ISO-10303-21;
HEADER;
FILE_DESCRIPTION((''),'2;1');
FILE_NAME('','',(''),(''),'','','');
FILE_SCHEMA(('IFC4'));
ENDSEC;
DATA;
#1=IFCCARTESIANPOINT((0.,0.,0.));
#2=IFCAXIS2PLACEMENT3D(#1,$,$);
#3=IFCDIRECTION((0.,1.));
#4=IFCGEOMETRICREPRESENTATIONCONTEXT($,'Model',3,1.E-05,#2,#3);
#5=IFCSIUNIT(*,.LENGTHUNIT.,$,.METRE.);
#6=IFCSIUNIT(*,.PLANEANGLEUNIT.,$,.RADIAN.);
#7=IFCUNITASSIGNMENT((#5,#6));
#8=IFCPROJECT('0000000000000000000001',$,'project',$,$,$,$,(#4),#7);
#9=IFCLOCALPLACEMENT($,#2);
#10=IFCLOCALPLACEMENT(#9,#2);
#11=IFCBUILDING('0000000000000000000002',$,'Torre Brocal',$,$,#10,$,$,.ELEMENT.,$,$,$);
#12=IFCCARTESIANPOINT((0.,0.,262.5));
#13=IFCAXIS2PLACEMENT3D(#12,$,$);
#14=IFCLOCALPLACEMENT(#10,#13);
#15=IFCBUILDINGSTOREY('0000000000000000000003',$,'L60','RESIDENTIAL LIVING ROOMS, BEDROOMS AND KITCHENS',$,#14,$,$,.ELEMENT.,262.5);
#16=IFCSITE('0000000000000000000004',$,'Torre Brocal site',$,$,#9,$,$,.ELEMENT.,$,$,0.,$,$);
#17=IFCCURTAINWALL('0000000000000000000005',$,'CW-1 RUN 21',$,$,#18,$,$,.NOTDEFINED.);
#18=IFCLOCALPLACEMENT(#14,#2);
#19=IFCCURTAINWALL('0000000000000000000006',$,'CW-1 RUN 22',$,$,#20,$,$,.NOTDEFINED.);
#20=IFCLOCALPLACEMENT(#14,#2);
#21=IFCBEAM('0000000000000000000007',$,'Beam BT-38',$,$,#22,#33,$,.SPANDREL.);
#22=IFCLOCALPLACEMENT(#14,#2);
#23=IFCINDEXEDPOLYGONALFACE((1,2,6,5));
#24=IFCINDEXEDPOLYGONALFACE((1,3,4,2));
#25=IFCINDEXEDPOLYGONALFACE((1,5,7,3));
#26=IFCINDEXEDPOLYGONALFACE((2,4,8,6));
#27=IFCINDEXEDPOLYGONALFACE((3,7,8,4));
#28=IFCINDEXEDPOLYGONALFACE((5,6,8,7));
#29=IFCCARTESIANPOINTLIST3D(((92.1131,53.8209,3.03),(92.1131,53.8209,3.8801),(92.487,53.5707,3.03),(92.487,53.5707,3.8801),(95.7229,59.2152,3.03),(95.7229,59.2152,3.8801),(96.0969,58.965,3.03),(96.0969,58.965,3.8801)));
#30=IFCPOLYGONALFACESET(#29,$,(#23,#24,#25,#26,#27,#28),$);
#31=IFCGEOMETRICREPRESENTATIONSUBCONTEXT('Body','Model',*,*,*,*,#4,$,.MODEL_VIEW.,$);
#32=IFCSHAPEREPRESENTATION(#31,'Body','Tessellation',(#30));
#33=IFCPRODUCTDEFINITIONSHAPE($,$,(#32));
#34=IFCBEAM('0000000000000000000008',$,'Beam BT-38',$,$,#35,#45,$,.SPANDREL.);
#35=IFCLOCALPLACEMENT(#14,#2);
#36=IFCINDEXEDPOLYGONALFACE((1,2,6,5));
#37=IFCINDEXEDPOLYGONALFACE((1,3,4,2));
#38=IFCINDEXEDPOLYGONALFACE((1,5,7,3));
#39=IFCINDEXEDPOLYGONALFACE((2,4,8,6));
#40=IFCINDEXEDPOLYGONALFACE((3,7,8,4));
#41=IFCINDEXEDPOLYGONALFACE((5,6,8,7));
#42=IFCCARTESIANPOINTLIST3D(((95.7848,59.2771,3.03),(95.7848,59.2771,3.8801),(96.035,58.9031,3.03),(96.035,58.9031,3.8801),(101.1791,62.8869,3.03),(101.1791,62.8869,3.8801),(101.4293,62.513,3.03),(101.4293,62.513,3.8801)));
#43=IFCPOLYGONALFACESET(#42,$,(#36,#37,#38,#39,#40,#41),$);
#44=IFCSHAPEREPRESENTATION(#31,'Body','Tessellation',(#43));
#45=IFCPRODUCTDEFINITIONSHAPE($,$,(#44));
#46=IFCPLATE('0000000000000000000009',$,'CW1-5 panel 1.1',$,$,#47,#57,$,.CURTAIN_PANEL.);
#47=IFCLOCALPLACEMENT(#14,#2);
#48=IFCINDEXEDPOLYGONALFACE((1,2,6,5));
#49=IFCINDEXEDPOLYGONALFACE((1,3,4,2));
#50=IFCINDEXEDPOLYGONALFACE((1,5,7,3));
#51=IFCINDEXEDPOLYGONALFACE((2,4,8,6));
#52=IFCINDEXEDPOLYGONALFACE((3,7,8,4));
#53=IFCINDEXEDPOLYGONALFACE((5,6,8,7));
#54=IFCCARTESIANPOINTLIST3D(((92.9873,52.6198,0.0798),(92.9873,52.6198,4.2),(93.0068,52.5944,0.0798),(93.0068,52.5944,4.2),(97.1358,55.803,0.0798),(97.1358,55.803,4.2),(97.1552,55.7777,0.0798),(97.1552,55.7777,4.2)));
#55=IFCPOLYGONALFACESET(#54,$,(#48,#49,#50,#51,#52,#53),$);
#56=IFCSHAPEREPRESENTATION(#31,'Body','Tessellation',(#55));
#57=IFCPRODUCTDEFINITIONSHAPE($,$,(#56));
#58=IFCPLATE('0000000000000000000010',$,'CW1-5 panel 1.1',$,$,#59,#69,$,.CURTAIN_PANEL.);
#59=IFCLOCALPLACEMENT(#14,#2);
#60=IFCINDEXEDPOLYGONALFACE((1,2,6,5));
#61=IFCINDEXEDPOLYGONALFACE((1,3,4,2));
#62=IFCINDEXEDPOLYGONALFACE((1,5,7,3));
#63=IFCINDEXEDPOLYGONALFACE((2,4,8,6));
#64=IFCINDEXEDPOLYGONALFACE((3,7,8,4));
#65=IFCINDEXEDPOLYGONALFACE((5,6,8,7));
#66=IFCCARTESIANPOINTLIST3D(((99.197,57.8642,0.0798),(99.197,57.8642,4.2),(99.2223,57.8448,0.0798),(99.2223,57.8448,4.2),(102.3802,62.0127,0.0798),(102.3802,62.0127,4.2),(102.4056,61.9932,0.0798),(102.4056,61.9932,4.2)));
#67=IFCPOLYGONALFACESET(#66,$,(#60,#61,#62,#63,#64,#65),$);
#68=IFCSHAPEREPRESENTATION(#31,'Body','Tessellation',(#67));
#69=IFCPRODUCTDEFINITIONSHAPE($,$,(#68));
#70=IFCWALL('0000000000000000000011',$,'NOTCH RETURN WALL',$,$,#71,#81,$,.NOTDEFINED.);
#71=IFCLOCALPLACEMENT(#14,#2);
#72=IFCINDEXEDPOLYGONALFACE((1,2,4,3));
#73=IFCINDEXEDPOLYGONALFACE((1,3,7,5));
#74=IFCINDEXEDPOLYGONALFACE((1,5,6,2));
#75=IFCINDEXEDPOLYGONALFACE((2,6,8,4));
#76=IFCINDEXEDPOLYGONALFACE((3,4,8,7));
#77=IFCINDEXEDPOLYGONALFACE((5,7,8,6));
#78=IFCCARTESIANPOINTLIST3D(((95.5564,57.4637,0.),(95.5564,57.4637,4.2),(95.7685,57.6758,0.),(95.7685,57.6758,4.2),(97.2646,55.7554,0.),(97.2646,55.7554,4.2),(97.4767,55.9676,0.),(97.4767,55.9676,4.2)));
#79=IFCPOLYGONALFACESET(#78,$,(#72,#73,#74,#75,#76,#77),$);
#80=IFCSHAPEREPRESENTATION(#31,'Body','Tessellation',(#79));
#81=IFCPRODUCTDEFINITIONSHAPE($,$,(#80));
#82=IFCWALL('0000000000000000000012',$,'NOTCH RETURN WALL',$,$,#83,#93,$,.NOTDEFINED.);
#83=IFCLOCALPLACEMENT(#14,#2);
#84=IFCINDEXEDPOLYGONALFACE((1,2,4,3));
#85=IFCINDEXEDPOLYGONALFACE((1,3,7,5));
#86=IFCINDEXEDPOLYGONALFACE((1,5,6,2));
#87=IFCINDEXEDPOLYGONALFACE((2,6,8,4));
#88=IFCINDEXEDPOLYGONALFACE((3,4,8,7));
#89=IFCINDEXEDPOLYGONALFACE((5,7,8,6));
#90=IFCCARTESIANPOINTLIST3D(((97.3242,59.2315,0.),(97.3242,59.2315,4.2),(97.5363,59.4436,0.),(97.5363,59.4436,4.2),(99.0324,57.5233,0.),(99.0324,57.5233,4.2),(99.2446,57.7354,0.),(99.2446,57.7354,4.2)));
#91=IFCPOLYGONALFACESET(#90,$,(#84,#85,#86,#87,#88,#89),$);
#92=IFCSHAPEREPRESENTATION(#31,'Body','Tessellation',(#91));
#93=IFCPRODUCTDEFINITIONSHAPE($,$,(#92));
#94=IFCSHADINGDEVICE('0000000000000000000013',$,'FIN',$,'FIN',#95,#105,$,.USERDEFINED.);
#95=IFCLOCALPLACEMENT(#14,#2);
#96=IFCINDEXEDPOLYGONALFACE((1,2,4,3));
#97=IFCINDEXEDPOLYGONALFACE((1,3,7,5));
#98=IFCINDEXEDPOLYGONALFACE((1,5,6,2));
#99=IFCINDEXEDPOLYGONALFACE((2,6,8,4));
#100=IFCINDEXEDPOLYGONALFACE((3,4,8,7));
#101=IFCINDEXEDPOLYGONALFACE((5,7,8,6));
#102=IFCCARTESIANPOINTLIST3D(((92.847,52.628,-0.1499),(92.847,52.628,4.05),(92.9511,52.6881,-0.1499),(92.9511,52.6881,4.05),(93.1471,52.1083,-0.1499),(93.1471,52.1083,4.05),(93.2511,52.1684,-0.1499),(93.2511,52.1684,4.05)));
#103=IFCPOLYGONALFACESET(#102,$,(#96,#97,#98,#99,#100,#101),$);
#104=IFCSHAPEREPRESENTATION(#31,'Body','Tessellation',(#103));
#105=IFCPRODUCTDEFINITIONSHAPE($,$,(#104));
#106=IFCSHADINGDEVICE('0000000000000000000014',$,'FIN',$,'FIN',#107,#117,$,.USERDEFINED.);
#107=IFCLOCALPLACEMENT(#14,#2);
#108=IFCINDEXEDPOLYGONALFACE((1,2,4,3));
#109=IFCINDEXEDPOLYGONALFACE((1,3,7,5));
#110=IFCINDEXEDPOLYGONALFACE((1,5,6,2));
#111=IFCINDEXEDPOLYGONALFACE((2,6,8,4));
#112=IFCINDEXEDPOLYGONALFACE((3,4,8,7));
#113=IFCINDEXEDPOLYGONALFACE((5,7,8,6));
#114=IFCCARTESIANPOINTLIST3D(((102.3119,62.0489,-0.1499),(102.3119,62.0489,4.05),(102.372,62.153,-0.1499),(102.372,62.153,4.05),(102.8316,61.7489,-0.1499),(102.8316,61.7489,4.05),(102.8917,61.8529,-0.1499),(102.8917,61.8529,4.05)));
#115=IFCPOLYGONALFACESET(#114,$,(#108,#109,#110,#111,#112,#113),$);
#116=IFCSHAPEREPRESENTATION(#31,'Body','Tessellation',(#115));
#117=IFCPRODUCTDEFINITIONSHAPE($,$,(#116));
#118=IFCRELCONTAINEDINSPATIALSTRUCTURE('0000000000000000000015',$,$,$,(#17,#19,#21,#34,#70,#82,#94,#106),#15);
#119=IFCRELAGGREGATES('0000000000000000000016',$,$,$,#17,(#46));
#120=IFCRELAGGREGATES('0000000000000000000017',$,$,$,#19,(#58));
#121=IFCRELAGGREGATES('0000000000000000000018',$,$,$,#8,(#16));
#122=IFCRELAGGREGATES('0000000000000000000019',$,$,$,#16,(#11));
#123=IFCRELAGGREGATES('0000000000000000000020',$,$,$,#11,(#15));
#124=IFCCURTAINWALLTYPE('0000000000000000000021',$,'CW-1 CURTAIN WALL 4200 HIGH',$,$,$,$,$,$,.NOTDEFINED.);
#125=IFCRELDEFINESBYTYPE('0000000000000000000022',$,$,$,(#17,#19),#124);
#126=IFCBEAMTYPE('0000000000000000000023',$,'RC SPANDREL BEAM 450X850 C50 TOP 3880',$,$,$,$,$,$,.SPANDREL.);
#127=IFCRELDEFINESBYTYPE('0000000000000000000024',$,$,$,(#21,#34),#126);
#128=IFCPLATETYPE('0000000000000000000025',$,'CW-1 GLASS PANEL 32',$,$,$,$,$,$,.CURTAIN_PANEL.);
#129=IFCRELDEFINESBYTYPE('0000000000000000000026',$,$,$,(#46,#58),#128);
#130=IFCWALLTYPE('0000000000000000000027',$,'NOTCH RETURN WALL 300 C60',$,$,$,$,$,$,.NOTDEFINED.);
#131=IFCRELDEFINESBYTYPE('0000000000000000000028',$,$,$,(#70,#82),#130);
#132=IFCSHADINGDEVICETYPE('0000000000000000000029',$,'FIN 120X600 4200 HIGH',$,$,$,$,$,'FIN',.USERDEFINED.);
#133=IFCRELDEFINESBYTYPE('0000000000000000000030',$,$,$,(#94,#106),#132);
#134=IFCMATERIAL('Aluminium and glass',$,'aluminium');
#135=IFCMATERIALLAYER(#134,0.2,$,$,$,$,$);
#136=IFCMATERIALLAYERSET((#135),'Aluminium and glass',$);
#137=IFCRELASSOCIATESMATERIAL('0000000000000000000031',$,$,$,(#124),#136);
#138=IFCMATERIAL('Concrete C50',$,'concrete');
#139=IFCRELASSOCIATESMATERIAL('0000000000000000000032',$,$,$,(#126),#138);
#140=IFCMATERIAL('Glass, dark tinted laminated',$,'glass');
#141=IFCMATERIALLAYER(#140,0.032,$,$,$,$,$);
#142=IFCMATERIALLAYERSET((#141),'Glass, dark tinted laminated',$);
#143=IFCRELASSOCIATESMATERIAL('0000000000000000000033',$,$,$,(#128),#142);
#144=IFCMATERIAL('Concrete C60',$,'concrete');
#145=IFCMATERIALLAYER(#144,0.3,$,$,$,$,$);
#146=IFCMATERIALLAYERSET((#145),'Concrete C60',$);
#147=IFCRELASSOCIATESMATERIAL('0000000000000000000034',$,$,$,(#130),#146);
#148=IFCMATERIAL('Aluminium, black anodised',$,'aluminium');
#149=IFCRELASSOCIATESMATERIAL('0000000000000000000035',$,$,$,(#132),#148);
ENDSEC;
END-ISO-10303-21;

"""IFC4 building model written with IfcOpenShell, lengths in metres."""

from ifc_helpers import new_model, si_unit, direction, frame, frame_2d, origin, origin_2d, place, context, subcontext, project, spatial, rectangle, extrude, material, layer, layer_set, material_profile, profile_set, type_object, element, aggregate, save


model = new_model("IFC4")

# Units and contexts
model_context = context("Model", 3, precision=1e-05, world=origin(), true_north=direction((0.0, 1.0)))
body_context = subcontext(model_context, "Body", "Model", "MODEL_VIEW")
ifc_project = project(units=[si_unit("LENGTHUNIT", "METRE"), si_unit("PLANEANGLEUNIT", "RADIAN")], contexts=[model_context])

# Site, building, storey
site_placement = place(None, origin())
site = spatial("IfcSite", under=ifc_project, at=site_placement, Name="Torre Brocal site", CompositionType="ELEMENT", RefElevation=0.0)
building_placement = place(site_placement, origin())
building = spatial("IfcBuilding", under=site, at=building_placement, Name="Torre Brocal", CompositionType="ELEMENT")
storey_placement = place(building_placement, frame((0.0, 0.0, 262.5)))
storey = spatial("IfcBuildingStorey", under=building, at=storey_placement, Name="L60", Description="RESIDENTIAL LIVING ROOMS, BEDROOMS AND KITCHENS", CompositionType="ELEMENT", Elevation=262.5)

# Shared definitions
ifc_material_1 = material(Name="Aluminium and glass", Category="aluminium")
ifc_layer_1 = layer(ifc_material_1, 0.2)
ifc_layer_set_1 = layer_set([ifc_layer_1], Name="Aluminium and glass")
curtain_wall_type = type_object("IfcCurtainWallType", Name="CW-1 CURTAIN WALL 4200 HIGH", PredefinedType="NOTDEFINED", material=ifc_layer_set_1)

# Curtain walls
curtain_wall_1_placement = place(storey_placement, origin())
curtain_wall_1 = element("IfcCurtainWall", 1, at=curtain_wall_1_placement, inside=storey, type_object=curtain_wall_type, Name="CW-1 RUN 21", PredefinedType="NOTDEFINED")
curtain_wall_2_placement = place(storey_placement, origin())
curtain_wall_2 = element("IfcCurtainWall", 2, at=curtain_wall_2_placement, inside=storey, type_object=curtain_wall_type, Name="CW-1 RUN 22", PredefinedType="NOTDEFINED")

# Beams
ifc_material_2 = material(Name="Concrete C50", Category="concrete")
ifc_material_profile_1 = material_profile(ifc_material_2, rectangle(XDim=0.45, YDim=0.8501, at=origin_2d()), Name="RC 450X850")
ifc_profile_set_1 = profile_set([ifc_material_profile_1], Name="Concrete C50")
beam_type_1 = type_object("IfcBeamType", Name="RC SPANDREL BEAM 450X850 C50 TOP 3880", PredefinedType="SPANDREL", material=ifc_profile_set_1)
for number, where, z_axis, x_axis, name in (
    (3, (92.3, 53.6958, 3.4551), (0.556158, 0.831077, 0.0), (-0.831077, 0.556158, 0.0), "Beam BT-38"),
    (4, (95.9099, 59.0901, 3.4551), (0.831077, 0.556158, 0.0), (-0.556158, 0.831077, 0.0), "Beam BT-38"),
):
    element("IfcBeam", number, at=place(storey_placement, frame(where, z_axis=z_axis, x_axis=x_axis)), inside=storey, type_object=beam_type_1, Name=name, PredefinedType="SPANDREL", context=body_context, shape_type="SweptSolid", body=[
        extrude(rectangle(XDim=0.45, YDim=0.8501, at=origin_2d()), origin(), (0.0, 0.0, 1.0), 6.4907),
    ])

# Plates
ifc_material_3 = material(Name="Glass, dark tinted laminated", Category="glass")
ifc_layer_2 = layer(ifc_material_3, 0.032)
ifc_layer_set_2 = layer_set([ifc_layer_2], Name="Glass, dark tinted laminated")
plate_type = type_object("IfcPlateType", Name="CW-1 GLASS PANEL 32", PredefinedType="CURTAIN_PANEL", material=ifc_layer_set_2)
plate_1_placement = place(storey_placement, frame((95.0713, 54.1987, 0.0798), z_axis=(0.0, 0.0, 1.0), x_axis=(0.793353, 0.608761, 0.0)))
plate_1 = element("IfcPlate", 5, at=plate_1_placement, type_object=plate_type, Name="CW1-5 panel 1.1", PredefinedType="CURTAIN_PANEL", context=body_context, shape_type="SweptSolid", body=[
    extrude(rectangle(XDim=5.229, YDim=0.032, at=origin_2d()), origin(), (0.0, 0.0, 1.0), 4.1201),
])
aggregate(curtain_wall_1, [plate_1])
plate_2_placement = place(storey_placement, frame((100.8013, 59.9287, 0.0798), z_axis=(0.0, 0.0, 1.0), x_axis=(0.608761, 0.793353, 0.0)))
plate_2 = element("IfcPlate", 6, at=plate_2_placement, type_object=plate_type, Name="CW1-5 panel 1.1", PredefinedType="CURTAIN_PANEL", context=body_context, shape_type="SweptSolid", body=[
    extrude(rectangle(XDim=5.229, YDim=0.032, at=origin_2d()), origin(), (0.0, 0.0, 1.0), 4.1201),
])
aggregate(curtain_wall_2, [plate_2])

# Walls
ifc_material_4 = material(Name="Concrete C60", Category="concrete")
ifc_layer_3 = layer(ifc_material_4, 0.3)
ifc_layer_set_3 = layer_set([ifc_layer_3], Name="Concrete C60")
wall_type = type_object("IfcWallType", Name="NOTCH RETURN WALL 300 C60", PredefinedType="NOTDEFINED", material=ifc_layer_set_3)
for number, where, z_axis, x_axis, name in (
    (7, (95.6624, 57.5698, 0.0), (0.0, 0.0, 1.0), (0.707107, -0.707107, 0.0), "NOTCH RETURN WALL"),
    (8, (97.4302, 59.3376, 0.0), (0.0, 0.0, 1.0), (0.707107, -0.707107, 0.0), "NOTCH RETURN WALL"),
):
    element("IfcWall", number, at=place(storey_placement, frame(where, z_axis=z_axis, x_axis=x_axis)), inside=storey, type_object=wall_type, Name=name, PredefinedType="NOTDEFINED", context=body_context, shape_type="SweptSolid", body=[
        extrude(rectangle(XDim=2.4158, YDim=0.3, at=frame_2d((1.208, 0.0))), origin(), (0.0, 0.0, 1.0), 4.2),
    ])

# Shading devices
ifc_material_5 = material(Name="Aluminium, black anodised", Category="aluminium")
ifc_material_profile_2 = material_profile(ifc_material_5, rectangle(XDim=0.1201, YDim=0.6001, at=origin_2d()), Name="FIN 120X600 4200 HIGH")
ifc_profile_set_2 = profile_set([ifc_material_profile_2], Name="Aluminium, black anodised")
shading_device_type = type_object("IfcShadingDeviceType", Name="FIN 120X600 4200 HIGH", ElementType="FIN", PredefinedType="USERDEFINED", material=ifc_profile_set_2)
for number, where, z_axis, x_axis, name in (
    (9, (93.0491, 52.3982, -0.1499), (0.0, 0.0, 1.0), (0.866025, 0.5, 0.0), "FIN"),
    (10, (102.6018, 61.9509, -0.1499), (0.0, 0.0, 1.0), (0.5, 0.866025, 0.0), "FIN"),
):
    element("IfcShadingDevice", number, at=place(storey_placement, frame(where, z_axis=z_axis, x_axis=x_axis)), inside=storey, type_object=shading_device_type, Name=name, ObjectType="FIN", PredefinedType="USERDEFINED", context=body_context, shape_type="SweptSolid", body=[
        extrude(rectangle(XDim=0.1201, YDim=0.6001, at=origin_2d()), origin(), (0.0, 0.0, 1.0), 4.2),
    ])

save(model, "model.ifc")
